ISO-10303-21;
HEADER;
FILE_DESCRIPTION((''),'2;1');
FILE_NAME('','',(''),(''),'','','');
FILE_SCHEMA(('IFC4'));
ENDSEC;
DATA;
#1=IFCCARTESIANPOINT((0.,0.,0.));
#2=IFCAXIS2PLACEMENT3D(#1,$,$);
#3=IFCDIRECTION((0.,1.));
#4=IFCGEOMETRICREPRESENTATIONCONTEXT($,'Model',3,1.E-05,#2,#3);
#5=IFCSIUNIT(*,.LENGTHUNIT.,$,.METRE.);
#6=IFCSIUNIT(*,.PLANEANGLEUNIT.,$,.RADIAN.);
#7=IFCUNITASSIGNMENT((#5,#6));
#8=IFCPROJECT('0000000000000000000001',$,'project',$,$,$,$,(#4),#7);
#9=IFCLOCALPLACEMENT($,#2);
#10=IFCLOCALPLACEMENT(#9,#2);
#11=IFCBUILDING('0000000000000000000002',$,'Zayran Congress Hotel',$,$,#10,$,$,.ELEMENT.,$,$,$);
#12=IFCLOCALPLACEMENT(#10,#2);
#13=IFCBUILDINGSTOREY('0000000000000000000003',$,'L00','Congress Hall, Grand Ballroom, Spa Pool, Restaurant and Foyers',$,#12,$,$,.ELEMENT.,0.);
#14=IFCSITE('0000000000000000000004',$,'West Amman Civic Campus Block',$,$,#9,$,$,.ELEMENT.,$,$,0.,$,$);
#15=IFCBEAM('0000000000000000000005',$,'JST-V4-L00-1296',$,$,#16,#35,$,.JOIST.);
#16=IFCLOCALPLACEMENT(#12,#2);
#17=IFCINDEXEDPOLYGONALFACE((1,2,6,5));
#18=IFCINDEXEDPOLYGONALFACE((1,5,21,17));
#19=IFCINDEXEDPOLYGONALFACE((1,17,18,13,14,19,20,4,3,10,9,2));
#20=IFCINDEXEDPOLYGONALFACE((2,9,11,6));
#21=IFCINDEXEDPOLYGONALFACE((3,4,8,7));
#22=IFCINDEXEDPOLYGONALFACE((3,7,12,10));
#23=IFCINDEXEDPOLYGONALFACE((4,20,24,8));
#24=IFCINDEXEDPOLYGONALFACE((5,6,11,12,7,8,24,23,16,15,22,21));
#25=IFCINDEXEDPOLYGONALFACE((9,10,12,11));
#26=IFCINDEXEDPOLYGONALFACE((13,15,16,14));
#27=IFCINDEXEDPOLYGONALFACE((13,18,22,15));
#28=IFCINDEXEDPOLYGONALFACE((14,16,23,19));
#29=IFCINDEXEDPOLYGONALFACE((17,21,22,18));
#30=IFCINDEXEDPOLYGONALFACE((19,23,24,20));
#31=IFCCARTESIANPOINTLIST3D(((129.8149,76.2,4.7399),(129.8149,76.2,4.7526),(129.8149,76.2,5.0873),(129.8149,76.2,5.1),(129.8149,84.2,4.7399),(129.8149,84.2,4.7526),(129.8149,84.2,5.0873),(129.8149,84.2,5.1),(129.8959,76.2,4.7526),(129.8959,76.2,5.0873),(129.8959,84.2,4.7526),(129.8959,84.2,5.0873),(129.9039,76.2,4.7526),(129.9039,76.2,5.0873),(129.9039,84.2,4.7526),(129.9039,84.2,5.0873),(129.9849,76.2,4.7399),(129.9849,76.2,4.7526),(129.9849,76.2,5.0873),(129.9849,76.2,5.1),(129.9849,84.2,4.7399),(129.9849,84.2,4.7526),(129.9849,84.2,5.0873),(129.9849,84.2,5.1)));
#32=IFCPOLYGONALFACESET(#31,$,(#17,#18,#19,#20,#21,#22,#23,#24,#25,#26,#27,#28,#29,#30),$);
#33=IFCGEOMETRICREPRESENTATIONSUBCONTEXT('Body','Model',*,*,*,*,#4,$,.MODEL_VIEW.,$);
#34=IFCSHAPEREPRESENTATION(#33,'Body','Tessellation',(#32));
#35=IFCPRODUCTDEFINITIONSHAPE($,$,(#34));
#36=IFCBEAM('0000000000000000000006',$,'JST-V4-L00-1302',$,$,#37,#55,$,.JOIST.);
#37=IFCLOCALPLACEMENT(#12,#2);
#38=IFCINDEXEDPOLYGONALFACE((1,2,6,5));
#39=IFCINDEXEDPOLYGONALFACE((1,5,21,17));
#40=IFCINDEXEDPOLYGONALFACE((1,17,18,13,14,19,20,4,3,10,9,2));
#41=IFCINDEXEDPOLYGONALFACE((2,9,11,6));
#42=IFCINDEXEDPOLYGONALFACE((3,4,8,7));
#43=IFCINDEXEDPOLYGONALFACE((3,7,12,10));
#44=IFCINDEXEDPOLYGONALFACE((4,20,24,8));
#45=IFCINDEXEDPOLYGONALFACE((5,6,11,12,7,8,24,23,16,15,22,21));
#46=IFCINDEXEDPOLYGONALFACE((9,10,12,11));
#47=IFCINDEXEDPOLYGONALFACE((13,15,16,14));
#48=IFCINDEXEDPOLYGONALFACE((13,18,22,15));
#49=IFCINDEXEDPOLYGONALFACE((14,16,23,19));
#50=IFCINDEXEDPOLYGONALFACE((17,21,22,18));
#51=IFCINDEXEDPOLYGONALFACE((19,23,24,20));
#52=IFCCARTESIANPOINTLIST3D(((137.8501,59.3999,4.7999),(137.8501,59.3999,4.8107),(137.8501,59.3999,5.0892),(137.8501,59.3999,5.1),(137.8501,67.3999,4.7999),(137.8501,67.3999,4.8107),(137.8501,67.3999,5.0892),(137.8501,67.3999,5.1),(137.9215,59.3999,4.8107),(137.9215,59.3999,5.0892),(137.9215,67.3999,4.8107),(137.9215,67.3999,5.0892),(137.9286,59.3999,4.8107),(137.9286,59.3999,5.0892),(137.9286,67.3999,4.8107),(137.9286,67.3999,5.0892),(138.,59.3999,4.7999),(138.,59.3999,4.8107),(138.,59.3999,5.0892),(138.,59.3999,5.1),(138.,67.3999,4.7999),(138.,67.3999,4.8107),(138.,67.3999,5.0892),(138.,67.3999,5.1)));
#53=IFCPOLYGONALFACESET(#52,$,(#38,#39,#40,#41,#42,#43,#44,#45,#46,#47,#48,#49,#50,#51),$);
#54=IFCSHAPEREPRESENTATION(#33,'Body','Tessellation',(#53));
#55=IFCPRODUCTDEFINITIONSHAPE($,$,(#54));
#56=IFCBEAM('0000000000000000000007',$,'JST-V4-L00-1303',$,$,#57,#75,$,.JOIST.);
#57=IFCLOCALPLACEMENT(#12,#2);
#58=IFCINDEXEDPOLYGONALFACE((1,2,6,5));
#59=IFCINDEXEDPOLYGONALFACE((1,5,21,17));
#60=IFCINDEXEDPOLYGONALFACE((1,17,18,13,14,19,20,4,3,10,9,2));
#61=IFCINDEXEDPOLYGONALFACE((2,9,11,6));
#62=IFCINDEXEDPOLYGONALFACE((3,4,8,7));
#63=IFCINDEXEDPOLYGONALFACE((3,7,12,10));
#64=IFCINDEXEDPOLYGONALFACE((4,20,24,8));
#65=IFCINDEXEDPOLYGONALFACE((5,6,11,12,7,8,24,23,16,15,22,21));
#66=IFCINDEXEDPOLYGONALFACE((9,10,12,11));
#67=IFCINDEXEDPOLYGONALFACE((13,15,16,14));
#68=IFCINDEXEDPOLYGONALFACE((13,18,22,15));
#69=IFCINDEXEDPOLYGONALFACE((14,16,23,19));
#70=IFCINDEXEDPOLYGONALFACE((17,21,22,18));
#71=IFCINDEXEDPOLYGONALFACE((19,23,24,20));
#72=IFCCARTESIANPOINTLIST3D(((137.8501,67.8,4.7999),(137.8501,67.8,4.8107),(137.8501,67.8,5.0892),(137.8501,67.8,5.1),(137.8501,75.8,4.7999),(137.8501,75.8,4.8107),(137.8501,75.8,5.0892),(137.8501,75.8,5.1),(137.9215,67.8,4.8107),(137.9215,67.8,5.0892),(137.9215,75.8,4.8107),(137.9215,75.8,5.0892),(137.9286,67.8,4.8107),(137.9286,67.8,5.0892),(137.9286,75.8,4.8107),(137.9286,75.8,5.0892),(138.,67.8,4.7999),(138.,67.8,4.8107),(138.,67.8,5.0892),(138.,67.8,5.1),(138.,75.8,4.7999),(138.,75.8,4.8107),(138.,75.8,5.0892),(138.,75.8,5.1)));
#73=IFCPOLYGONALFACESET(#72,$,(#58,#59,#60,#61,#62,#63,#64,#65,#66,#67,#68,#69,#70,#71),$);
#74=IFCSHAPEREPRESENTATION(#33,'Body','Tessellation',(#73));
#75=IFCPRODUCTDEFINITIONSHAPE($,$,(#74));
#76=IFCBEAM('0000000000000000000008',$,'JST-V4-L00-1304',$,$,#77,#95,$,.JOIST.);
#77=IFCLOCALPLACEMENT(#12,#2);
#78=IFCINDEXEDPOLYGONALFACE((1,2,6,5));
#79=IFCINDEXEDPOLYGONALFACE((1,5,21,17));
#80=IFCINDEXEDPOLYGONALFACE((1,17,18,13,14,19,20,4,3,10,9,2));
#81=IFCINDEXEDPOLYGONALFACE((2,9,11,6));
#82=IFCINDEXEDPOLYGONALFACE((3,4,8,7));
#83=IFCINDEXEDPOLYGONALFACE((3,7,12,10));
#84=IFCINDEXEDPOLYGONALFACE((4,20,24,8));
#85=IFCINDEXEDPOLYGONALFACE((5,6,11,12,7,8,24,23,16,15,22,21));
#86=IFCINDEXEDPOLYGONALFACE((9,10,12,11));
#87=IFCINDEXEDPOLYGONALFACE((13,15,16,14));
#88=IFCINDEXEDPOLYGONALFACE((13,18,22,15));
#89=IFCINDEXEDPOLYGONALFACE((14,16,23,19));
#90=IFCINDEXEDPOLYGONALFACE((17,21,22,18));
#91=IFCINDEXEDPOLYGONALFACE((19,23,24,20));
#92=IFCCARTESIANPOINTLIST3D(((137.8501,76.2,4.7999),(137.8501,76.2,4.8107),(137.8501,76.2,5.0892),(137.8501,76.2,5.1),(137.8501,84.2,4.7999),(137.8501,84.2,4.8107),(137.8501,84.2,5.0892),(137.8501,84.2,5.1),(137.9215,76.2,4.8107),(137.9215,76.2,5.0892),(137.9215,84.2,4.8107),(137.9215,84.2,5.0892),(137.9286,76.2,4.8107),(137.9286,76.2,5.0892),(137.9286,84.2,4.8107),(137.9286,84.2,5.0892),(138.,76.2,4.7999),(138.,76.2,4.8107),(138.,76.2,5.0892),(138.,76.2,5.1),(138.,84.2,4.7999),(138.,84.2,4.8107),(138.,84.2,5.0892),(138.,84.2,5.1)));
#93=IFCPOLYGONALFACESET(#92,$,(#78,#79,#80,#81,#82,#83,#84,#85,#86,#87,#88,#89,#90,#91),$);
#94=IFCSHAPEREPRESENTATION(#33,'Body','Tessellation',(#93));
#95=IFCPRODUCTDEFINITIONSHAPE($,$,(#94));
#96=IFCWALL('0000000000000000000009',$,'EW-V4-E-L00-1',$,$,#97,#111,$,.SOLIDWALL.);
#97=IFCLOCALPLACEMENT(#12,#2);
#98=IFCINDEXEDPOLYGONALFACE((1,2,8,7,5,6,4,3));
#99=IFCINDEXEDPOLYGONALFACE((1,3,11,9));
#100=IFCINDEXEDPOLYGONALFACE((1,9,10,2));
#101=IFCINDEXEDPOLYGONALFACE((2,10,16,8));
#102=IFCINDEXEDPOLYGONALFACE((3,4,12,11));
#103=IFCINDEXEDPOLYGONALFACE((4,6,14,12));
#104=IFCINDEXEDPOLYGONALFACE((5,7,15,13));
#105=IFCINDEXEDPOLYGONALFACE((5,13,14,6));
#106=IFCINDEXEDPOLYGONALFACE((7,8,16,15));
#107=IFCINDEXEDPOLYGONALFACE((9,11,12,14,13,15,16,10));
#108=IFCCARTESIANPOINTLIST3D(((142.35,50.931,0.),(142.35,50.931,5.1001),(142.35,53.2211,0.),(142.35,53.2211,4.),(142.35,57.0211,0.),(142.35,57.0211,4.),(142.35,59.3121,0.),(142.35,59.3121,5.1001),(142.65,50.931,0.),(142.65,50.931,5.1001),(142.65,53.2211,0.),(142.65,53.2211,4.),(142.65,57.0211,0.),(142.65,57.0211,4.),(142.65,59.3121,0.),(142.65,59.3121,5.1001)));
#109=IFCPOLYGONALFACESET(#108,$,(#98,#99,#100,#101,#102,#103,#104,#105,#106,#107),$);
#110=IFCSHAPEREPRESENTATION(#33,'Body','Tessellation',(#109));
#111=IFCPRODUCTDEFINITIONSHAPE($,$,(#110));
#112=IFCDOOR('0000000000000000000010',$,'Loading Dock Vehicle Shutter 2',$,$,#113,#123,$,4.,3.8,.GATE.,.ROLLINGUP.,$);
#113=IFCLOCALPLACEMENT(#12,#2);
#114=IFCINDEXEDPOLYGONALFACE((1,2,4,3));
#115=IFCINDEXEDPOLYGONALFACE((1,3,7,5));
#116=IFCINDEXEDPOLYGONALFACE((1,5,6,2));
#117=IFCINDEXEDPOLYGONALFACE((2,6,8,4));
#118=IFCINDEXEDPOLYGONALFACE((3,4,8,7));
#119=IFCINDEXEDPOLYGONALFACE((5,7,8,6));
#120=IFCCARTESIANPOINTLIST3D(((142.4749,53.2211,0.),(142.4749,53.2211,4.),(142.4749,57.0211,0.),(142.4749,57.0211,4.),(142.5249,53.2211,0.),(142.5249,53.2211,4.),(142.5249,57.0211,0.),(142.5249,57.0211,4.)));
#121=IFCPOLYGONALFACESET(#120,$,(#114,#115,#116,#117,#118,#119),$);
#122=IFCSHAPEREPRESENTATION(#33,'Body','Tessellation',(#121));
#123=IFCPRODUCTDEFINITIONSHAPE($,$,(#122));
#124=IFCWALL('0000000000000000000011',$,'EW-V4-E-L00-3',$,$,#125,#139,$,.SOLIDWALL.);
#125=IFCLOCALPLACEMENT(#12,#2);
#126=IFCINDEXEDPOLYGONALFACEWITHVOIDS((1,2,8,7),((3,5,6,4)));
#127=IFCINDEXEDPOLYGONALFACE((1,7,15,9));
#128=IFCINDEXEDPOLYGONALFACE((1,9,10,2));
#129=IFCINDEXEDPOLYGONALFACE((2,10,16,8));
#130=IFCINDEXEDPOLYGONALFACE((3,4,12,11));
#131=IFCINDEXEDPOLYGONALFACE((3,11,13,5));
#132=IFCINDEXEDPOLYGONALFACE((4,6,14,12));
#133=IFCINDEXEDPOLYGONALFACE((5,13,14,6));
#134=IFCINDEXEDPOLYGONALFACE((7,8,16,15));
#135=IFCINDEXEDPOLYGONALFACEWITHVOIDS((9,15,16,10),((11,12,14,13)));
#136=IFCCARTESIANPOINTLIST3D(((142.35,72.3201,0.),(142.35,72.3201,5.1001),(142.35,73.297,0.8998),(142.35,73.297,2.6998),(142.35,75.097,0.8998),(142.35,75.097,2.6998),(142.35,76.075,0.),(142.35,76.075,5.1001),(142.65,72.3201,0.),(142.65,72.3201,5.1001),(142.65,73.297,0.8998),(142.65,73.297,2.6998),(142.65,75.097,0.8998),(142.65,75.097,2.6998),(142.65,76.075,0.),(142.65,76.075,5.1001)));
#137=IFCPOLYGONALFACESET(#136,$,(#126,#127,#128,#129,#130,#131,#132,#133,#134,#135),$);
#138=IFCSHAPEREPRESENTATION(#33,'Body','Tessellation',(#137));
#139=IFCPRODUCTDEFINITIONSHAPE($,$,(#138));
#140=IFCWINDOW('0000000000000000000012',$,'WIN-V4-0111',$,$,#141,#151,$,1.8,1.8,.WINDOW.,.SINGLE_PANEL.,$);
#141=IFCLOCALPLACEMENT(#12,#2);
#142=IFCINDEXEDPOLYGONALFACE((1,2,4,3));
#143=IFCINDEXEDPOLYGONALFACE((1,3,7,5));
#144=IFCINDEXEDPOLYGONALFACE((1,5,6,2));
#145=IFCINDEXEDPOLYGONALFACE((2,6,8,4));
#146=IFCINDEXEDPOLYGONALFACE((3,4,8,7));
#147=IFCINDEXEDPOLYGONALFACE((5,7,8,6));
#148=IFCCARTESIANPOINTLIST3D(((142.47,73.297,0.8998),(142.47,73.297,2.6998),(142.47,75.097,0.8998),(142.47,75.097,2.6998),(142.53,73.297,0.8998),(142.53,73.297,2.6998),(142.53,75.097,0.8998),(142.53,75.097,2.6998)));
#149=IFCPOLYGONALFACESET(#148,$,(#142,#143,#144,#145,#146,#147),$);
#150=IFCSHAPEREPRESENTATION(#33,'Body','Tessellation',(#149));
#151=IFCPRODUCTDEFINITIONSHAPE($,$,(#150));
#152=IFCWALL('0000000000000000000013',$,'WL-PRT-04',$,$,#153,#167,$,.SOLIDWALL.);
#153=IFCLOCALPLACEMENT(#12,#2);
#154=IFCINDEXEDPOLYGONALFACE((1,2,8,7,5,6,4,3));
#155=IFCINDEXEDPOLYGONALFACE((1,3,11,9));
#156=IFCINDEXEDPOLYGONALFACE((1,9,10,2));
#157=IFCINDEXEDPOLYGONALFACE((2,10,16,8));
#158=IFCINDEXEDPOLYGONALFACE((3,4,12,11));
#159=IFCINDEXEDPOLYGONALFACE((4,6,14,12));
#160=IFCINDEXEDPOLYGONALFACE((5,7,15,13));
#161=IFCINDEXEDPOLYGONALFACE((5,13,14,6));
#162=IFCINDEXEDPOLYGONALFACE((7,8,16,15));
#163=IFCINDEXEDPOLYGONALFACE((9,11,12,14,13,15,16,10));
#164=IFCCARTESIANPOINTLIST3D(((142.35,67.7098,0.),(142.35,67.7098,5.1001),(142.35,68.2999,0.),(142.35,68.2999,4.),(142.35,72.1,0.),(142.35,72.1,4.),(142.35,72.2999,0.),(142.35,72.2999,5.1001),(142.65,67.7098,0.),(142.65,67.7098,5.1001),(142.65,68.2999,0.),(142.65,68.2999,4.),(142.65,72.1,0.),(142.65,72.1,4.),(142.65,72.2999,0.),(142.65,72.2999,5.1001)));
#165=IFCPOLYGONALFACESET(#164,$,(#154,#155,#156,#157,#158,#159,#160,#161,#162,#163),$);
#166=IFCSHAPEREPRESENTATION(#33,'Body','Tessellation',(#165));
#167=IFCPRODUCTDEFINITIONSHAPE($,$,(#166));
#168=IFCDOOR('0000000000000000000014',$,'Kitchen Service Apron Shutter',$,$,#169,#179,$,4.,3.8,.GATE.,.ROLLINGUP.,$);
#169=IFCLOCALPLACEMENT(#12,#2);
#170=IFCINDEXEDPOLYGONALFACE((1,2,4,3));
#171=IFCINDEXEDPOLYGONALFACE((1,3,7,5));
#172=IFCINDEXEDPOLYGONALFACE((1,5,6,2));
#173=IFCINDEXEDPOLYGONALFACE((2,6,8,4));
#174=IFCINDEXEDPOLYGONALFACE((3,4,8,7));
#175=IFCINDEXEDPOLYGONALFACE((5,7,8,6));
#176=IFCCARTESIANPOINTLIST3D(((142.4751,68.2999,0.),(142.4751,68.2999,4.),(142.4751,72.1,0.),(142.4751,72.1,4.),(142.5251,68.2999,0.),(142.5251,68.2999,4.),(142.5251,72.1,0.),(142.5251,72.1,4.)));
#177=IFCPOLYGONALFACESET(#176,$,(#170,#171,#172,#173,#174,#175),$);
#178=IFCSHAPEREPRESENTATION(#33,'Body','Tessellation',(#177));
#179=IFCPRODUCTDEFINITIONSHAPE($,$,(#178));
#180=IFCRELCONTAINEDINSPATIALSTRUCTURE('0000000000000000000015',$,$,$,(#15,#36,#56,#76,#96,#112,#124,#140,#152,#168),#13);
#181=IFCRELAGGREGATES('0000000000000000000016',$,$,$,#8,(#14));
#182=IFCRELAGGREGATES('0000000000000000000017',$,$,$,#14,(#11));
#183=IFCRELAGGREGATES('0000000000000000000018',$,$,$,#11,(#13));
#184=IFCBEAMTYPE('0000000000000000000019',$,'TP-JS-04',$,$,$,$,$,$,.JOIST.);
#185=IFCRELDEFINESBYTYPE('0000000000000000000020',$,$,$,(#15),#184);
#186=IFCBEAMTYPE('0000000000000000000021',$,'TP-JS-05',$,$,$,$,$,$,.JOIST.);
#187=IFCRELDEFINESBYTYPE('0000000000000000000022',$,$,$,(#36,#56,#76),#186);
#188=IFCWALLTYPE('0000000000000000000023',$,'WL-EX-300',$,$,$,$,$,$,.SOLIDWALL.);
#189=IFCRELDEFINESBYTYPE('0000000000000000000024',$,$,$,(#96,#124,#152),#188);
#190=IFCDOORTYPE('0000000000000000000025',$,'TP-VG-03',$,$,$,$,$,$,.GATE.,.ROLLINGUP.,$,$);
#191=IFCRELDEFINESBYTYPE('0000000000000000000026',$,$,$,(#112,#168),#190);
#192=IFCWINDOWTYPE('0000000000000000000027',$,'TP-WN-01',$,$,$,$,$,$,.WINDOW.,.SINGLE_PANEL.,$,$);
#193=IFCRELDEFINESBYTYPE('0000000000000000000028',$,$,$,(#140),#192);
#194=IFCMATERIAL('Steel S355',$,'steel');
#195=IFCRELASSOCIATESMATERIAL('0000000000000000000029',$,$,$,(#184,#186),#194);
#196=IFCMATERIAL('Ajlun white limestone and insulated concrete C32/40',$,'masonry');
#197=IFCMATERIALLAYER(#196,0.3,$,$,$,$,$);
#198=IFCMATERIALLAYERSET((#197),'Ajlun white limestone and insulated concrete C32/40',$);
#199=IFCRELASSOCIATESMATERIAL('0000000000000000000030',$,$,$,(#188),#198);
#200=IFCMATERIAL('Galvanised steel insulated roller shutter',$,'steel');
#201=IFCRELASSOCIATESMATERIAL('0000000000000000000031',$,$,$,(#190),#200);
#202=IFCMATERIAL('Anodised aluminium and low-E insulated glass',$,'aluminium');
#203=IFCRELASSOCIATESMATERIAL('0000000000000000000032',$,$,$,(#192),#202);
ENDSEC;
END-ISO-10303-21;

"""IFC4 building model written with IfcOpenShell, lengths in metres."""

from ifc_helpers import new_model, si_unit, direction, frame, frame_2d, origin, origin_2d, place, context, subcontext, project, spatial, rectangle, i_section, extrude, material, layer, layer_set, material_profile, profile_set, type_object, element, fill, save


model = new_model("IFC4")

# Units and contexts
model_context = context("Model", 3, precision=1e-05, world=origin(), true_north=direction((0.0, 1.0)))
body_context = subcontext(model_context, "Body", "Model", "MODEL_VIEW")
ifc_project = project(units=[si_unit("LENGTHUNIT", "METRE"), si_unit("PLANEANGLEUNIT", "RADIAN")], contexts=[model_context])

# Site, building, storey
site_placement = place(None, origin())
site = spatial("IfcSite", under=ifc_project, at=site_placement, Name="West Amman Civic Campus Block", CompositionType="ELEMENT", RefElevation=0.0)
building_placement = place(site_placement, origin())
building = spatial("IfcBuilding", under=site, at=building_placement, Name="Zayran Congress Hotel", CompositionType="ELEMENT")
storey_placement = place(building_placement, origin())
storey = spatial("IfcBuildingStorey", under=building, at=storey_placement, Name="L00", Description="Congress Hall, Grand Ballroom, Spa Pool, Restaurant and Foyers", CompositionType="ELEMENT", Elevation=0.0)

# Beams
ifc_material_1 = material(Name="Steel S355", Category="steel")
ifc_material_profile_1 = material_profile(ifc_material_1, i_section(OverallWidth=0.1699, OverallDepth=0.3601, WebThickness=0.0081, FlangeThickness=0.0127, at=origin_2d()), Name="IPE 360")
ifc_profile_set_1 = profile_set([ifc_material_profile_1], Name="Steel S355")
beam_type_1 = type_object("IfcBeamType", Name="TP-JS-04", PredefinedType="JOIST", material=ifc_profile_set_1)
beam_1_placement = place(storey_placement, frame((129.8999, 76.2, 4.9199), z_axis=(0.0, 1.0, 0.0), x_axis=(-1.0, 0.0, 0.0)))
element("IfcBeam", 1, at=beam_1_placement, inside=storey, type_object=beam_type_1, Name="JST-V4-L00-1296", PredefinedType="JOIST", context=body_context, shape_type="SweptSolid", body=[
    extrude(i_section(OverallWidth=0.1699, OverallDepth=0.3601, WebThickness=0.0081, FlangeThickness=0.0127, at=origin_2d()), origin(), (0.0, 0.0, 1.0), 8.0),
])
ifc_material_profile_2 = material_profile(ifc_material_1, i_section(OverallWidth=0.1499, OverallDepth=0.3, WebThickness=0.0071, FlangeThickness=0.0107, at=origin_2d()), Name="IPE 300")
ifc_profile_set_2 = profile_set([ifc_material_profile_2], Name="Steel S355")
beam_type_2 = type_object("IfcBeamType", Name="TP-JS-05", PredefinedType="JOIST", material=ifc_profile_set_2)
for number, where, z_axis, x_axis, name in (
    (2, (137.925, 59.3999, 4.95), (0.0, 1.0, 0.0), (-1.0, 0.0, 0.0), "JST-V4-L00-1302"),
    (3, (137.925, 67.8, 4.95), (0.0, 1.0, 0.0), (-1.0, 0.0, 0.0), "JST-V4-L00-1303"),
    (4, (137.925, 76.2, 4.95), (0.0, 1.0, 0.0), (-1.0, 0.0, 0.0), "JST-V4-L00-1304"),
):
    element("IfcBeam", number, at=place(storey_placement, frame(where, z_axis=z_axis, x_axis=x_axis)), inside=storey, type_object=beam_type_2, Name=name, PredefinedType="JOIST", context=body_context, shape_type="SweptSolid", body=[
        extrude(i_section(OverallWidth=0.1499, OverallDepth=0.3, WebThickness=0.0071, FlangeThickness=0.0107, at=origin_2d()), origin(), (0.0, 0.0, 1.0), 8.0),
    ])

# Wall, opening, door
ifc_material_2 = material(Name="Ajlun white limestone and insulated concrete C32/40", Category="masonry")
ifc_layer_1 = layer(ifc_material_2, 0.3)
ifc_layer_set_1 = layer_set([ifc_layer_1], Name="Ajlun white limestone and insulated concrete C32/40")
wall_type_1 = type_object("IfcWallType", Name="WL-EX-300", PredefinedType="SOLIDWALL", material=ifc_layer_set_1)
wall_1_placement = place(storey_placement, frame((142.5, 59.312, 0.0), z_axis=(0.0, 0.0, 1.0), x_axis=(0.0, -1.0, 0.0)))
wall_1 = element("IfcWall", 5, at=wall_1_placement, inside=storey, type_object=wall_type_1, Name="EW-V4-E-L00-1", PredefinedType="SOLIDWALL", context=body_context, shape_type="SweptSolid", body=[
    extrude(rectangle(XDim=8.3811, YDim=0.3, at=frame_2d((4.1904, 0.0))), origin(), (0.0, 0.0, 1.0), 5.1001),
])
opening_1_placement = place(wall_1_placement, frame((2.291, 0.0, 0.0)))
opening_1 = element("IfcOpeningElement", 6, at=opening_1_placement, cuts=wall_1, PredefinedType="OPENING", context=body_context, shape_type="SweptSolid", body=[
    extrude(rectangle(XDim=3.8, YDim=4.0, at=frame_2d((1.8999, 2.0))), frame((0.0, 0.1599, 0.0), z_axis=(0.0, -1.0, 0.0), x_axis=(1.0, 0.0, 0.0)), (0.0, 0.0, 1.0), 0.3201),
])
ifc_material_3 = material(Name="Galvanised steel insulated roller shutter", Category="steel")
door_type_1 = type_object("IfcDoorType", Name="TP-VG-03", OperationType="ROLLINGUP", PredefinedType="GATE", material=ifc_material_3)
door_1_placement = place(opening_1_placement, origin())
door_1 = element("IfcDoor", 7, at=door_1_placement, inside=storey, type_object=door_type_1, Name="Loading Dock Vehicle Shutter 2", OperationType="ROLLINGUP", OverallHeight=4.0, OverallWidth=3.8, PredefinedType="GATE", context=body_context, shape_type="SweptSolid", body=[
    extrude(rectangle(XDim=3.8, YDim=4.0, at=frame_2d((1.8999, 2.0))), frame((0.0, 0.0249, 0.0), z_axis=(0.0, -1.0, 0.0), x_axis=(1.0, 0.0, 0.0)), (0.0, 0.0, 1.0), 0.05),
])
fill(opening_1, door_1)

# Wall, opening, window
wall_2_placement = place(storey_placement, frame((142.5, 76.075, 0.0), z_axis=(0.0, 0.0, 1.0), x_axis=(0.0, -1.0, 0.0)))
wall_2 = element("IfcWall", 8, at=wall_2_placement, inside=storey, type_object=wall_type_1, Name="EW-V4-E-L00-3", PredefinedType="SOLIDWALL", context=body_context, shape_type="SweptSolid", body=[
    extrude(rectangle(XDim=3.7549, YDim=0.3, at=frame_2d((1.8774, 0.0))), origin(), (0.0, 0.0, 1.0), 5.1001),
])
opening_2_placement = place(wall_2_placement, frame((0.978, 0.0, 0.8999)))
opening_2 = element("IfcOpeningElement", 9, at=opening_2_placement, cuts=wall_2, PredefinedType="OPENING", context=body_context, shape_type="SweptSolid", body=[
    extrude(rectangle(XDim=1.8, YDim=1.8, at=frame_2d((0.8999, 0.8999))), frame((0.0, 0.1599, 0.0), z_axis=(0.0, -1.0, 0.0), x_axis=(1.0, 0.0, 0.0)), (0.0, 0.0, 1.0), 0.3201),
])
ifc_material_4 = material(Name="Anodised aluminium and low-E insulated glass", Category="aluminium")
window_type = type_object("IfcWindowType", Name="TP-WN-01", PartitioningType="SINGLE_PANEL", PredefinedType="WINDOW", material=ifc_material_4)
window_placement = place(opening_2_placement, origin())
window = element("IfcWindow", 10, at=window_placement, inside=storey, type_object=window_type, Name="WIN-V4-0111", OverallHeight=1.8, OverallWidth=1.8, PartitioningType="SINGLE_PANEL", PredefinedType="WINDOW", context=body_context, shape_type="SweptSolid", body=[
    extrude(rectangle(XDim=1.8, YDim=1.8, at=frame_2d((0.8999, 0.8999))), frame((0.0, 0.03, 0.0), z_axis=(0.0, -1.0, 0.0), x_axis=(1.0, 0.0, 0.0)), (0.0, 0.0, 1.0), 0.0601),
])
fill(opening_2, window)

# Wall, opening, door
wall_3_placement = place(storey_placement, frame((142.5, 67.71, 0.0), z_axis=(0.0, 0.0, 1.0), x_axis=(0.0, 1.0, 0.0)))
wall_3 = element("IfcWall", 11, at=wall_3_placement, inside=storey, type_object=wall_type_1, Name="WL-PRT-04", PredefinedType="SOLIDWALL", context=body_context, shape_type="SweptSolid", body=[
    extrude(rectangle(XDim=4.5901, YDim=0.3, at=frame_2d((2.2949, 0.0))), origin(), (0.0, 0.0, 1.0), 5.1001),
])
opening_3_placement = place(wall_3_placement, frame((0.5901, 0.0, 0.0)))
opening_3 = element("IfcOpeningElement", 12, at=opening_3_placement, cuts=wall_3, PredefinedType="OPENING", context=body_context, shape_type="SweptSolid", body=[
    extrude(rectangle(XDim=3.8, YDim=4.0, at=frame_2d((1.8999, 2.0))), frame((0.0, 0.1599, 0.0), z_axis=(0.0, -1.0, 0.0), x_axis=(1.0, 0.0, 0.0)), (0.0, 0.0, 1.0), 0.3201),
])
door_2_placement = place(opening_3_placement, origin())
door_2 = element("IfcDoor", 13, at=door_2_placement, inside=storey, type_object=door_type_1, Name="Kitchen Service Apron Shutter", OperationType="ROLLINGUP", OverallHeight=4.0, OverallWidth=3.8, PredefinedType="GATE", context=body_context, shape_type="SweptSolid", body=[
    extrude(rectangle(XDim=3.8, YDim=4.0, at=frame_2d((1.8999, 2.0))), frame((0.0, 0.0249, 0.0), z_axis=(0.0, -1.0, 0.0), x_axis=(1.0, 0.0, 0.0)), (0.0, 0.0, 1.0), 0.05),
])
fill(opening_3, door_2)

save(model, "model.ifc")
